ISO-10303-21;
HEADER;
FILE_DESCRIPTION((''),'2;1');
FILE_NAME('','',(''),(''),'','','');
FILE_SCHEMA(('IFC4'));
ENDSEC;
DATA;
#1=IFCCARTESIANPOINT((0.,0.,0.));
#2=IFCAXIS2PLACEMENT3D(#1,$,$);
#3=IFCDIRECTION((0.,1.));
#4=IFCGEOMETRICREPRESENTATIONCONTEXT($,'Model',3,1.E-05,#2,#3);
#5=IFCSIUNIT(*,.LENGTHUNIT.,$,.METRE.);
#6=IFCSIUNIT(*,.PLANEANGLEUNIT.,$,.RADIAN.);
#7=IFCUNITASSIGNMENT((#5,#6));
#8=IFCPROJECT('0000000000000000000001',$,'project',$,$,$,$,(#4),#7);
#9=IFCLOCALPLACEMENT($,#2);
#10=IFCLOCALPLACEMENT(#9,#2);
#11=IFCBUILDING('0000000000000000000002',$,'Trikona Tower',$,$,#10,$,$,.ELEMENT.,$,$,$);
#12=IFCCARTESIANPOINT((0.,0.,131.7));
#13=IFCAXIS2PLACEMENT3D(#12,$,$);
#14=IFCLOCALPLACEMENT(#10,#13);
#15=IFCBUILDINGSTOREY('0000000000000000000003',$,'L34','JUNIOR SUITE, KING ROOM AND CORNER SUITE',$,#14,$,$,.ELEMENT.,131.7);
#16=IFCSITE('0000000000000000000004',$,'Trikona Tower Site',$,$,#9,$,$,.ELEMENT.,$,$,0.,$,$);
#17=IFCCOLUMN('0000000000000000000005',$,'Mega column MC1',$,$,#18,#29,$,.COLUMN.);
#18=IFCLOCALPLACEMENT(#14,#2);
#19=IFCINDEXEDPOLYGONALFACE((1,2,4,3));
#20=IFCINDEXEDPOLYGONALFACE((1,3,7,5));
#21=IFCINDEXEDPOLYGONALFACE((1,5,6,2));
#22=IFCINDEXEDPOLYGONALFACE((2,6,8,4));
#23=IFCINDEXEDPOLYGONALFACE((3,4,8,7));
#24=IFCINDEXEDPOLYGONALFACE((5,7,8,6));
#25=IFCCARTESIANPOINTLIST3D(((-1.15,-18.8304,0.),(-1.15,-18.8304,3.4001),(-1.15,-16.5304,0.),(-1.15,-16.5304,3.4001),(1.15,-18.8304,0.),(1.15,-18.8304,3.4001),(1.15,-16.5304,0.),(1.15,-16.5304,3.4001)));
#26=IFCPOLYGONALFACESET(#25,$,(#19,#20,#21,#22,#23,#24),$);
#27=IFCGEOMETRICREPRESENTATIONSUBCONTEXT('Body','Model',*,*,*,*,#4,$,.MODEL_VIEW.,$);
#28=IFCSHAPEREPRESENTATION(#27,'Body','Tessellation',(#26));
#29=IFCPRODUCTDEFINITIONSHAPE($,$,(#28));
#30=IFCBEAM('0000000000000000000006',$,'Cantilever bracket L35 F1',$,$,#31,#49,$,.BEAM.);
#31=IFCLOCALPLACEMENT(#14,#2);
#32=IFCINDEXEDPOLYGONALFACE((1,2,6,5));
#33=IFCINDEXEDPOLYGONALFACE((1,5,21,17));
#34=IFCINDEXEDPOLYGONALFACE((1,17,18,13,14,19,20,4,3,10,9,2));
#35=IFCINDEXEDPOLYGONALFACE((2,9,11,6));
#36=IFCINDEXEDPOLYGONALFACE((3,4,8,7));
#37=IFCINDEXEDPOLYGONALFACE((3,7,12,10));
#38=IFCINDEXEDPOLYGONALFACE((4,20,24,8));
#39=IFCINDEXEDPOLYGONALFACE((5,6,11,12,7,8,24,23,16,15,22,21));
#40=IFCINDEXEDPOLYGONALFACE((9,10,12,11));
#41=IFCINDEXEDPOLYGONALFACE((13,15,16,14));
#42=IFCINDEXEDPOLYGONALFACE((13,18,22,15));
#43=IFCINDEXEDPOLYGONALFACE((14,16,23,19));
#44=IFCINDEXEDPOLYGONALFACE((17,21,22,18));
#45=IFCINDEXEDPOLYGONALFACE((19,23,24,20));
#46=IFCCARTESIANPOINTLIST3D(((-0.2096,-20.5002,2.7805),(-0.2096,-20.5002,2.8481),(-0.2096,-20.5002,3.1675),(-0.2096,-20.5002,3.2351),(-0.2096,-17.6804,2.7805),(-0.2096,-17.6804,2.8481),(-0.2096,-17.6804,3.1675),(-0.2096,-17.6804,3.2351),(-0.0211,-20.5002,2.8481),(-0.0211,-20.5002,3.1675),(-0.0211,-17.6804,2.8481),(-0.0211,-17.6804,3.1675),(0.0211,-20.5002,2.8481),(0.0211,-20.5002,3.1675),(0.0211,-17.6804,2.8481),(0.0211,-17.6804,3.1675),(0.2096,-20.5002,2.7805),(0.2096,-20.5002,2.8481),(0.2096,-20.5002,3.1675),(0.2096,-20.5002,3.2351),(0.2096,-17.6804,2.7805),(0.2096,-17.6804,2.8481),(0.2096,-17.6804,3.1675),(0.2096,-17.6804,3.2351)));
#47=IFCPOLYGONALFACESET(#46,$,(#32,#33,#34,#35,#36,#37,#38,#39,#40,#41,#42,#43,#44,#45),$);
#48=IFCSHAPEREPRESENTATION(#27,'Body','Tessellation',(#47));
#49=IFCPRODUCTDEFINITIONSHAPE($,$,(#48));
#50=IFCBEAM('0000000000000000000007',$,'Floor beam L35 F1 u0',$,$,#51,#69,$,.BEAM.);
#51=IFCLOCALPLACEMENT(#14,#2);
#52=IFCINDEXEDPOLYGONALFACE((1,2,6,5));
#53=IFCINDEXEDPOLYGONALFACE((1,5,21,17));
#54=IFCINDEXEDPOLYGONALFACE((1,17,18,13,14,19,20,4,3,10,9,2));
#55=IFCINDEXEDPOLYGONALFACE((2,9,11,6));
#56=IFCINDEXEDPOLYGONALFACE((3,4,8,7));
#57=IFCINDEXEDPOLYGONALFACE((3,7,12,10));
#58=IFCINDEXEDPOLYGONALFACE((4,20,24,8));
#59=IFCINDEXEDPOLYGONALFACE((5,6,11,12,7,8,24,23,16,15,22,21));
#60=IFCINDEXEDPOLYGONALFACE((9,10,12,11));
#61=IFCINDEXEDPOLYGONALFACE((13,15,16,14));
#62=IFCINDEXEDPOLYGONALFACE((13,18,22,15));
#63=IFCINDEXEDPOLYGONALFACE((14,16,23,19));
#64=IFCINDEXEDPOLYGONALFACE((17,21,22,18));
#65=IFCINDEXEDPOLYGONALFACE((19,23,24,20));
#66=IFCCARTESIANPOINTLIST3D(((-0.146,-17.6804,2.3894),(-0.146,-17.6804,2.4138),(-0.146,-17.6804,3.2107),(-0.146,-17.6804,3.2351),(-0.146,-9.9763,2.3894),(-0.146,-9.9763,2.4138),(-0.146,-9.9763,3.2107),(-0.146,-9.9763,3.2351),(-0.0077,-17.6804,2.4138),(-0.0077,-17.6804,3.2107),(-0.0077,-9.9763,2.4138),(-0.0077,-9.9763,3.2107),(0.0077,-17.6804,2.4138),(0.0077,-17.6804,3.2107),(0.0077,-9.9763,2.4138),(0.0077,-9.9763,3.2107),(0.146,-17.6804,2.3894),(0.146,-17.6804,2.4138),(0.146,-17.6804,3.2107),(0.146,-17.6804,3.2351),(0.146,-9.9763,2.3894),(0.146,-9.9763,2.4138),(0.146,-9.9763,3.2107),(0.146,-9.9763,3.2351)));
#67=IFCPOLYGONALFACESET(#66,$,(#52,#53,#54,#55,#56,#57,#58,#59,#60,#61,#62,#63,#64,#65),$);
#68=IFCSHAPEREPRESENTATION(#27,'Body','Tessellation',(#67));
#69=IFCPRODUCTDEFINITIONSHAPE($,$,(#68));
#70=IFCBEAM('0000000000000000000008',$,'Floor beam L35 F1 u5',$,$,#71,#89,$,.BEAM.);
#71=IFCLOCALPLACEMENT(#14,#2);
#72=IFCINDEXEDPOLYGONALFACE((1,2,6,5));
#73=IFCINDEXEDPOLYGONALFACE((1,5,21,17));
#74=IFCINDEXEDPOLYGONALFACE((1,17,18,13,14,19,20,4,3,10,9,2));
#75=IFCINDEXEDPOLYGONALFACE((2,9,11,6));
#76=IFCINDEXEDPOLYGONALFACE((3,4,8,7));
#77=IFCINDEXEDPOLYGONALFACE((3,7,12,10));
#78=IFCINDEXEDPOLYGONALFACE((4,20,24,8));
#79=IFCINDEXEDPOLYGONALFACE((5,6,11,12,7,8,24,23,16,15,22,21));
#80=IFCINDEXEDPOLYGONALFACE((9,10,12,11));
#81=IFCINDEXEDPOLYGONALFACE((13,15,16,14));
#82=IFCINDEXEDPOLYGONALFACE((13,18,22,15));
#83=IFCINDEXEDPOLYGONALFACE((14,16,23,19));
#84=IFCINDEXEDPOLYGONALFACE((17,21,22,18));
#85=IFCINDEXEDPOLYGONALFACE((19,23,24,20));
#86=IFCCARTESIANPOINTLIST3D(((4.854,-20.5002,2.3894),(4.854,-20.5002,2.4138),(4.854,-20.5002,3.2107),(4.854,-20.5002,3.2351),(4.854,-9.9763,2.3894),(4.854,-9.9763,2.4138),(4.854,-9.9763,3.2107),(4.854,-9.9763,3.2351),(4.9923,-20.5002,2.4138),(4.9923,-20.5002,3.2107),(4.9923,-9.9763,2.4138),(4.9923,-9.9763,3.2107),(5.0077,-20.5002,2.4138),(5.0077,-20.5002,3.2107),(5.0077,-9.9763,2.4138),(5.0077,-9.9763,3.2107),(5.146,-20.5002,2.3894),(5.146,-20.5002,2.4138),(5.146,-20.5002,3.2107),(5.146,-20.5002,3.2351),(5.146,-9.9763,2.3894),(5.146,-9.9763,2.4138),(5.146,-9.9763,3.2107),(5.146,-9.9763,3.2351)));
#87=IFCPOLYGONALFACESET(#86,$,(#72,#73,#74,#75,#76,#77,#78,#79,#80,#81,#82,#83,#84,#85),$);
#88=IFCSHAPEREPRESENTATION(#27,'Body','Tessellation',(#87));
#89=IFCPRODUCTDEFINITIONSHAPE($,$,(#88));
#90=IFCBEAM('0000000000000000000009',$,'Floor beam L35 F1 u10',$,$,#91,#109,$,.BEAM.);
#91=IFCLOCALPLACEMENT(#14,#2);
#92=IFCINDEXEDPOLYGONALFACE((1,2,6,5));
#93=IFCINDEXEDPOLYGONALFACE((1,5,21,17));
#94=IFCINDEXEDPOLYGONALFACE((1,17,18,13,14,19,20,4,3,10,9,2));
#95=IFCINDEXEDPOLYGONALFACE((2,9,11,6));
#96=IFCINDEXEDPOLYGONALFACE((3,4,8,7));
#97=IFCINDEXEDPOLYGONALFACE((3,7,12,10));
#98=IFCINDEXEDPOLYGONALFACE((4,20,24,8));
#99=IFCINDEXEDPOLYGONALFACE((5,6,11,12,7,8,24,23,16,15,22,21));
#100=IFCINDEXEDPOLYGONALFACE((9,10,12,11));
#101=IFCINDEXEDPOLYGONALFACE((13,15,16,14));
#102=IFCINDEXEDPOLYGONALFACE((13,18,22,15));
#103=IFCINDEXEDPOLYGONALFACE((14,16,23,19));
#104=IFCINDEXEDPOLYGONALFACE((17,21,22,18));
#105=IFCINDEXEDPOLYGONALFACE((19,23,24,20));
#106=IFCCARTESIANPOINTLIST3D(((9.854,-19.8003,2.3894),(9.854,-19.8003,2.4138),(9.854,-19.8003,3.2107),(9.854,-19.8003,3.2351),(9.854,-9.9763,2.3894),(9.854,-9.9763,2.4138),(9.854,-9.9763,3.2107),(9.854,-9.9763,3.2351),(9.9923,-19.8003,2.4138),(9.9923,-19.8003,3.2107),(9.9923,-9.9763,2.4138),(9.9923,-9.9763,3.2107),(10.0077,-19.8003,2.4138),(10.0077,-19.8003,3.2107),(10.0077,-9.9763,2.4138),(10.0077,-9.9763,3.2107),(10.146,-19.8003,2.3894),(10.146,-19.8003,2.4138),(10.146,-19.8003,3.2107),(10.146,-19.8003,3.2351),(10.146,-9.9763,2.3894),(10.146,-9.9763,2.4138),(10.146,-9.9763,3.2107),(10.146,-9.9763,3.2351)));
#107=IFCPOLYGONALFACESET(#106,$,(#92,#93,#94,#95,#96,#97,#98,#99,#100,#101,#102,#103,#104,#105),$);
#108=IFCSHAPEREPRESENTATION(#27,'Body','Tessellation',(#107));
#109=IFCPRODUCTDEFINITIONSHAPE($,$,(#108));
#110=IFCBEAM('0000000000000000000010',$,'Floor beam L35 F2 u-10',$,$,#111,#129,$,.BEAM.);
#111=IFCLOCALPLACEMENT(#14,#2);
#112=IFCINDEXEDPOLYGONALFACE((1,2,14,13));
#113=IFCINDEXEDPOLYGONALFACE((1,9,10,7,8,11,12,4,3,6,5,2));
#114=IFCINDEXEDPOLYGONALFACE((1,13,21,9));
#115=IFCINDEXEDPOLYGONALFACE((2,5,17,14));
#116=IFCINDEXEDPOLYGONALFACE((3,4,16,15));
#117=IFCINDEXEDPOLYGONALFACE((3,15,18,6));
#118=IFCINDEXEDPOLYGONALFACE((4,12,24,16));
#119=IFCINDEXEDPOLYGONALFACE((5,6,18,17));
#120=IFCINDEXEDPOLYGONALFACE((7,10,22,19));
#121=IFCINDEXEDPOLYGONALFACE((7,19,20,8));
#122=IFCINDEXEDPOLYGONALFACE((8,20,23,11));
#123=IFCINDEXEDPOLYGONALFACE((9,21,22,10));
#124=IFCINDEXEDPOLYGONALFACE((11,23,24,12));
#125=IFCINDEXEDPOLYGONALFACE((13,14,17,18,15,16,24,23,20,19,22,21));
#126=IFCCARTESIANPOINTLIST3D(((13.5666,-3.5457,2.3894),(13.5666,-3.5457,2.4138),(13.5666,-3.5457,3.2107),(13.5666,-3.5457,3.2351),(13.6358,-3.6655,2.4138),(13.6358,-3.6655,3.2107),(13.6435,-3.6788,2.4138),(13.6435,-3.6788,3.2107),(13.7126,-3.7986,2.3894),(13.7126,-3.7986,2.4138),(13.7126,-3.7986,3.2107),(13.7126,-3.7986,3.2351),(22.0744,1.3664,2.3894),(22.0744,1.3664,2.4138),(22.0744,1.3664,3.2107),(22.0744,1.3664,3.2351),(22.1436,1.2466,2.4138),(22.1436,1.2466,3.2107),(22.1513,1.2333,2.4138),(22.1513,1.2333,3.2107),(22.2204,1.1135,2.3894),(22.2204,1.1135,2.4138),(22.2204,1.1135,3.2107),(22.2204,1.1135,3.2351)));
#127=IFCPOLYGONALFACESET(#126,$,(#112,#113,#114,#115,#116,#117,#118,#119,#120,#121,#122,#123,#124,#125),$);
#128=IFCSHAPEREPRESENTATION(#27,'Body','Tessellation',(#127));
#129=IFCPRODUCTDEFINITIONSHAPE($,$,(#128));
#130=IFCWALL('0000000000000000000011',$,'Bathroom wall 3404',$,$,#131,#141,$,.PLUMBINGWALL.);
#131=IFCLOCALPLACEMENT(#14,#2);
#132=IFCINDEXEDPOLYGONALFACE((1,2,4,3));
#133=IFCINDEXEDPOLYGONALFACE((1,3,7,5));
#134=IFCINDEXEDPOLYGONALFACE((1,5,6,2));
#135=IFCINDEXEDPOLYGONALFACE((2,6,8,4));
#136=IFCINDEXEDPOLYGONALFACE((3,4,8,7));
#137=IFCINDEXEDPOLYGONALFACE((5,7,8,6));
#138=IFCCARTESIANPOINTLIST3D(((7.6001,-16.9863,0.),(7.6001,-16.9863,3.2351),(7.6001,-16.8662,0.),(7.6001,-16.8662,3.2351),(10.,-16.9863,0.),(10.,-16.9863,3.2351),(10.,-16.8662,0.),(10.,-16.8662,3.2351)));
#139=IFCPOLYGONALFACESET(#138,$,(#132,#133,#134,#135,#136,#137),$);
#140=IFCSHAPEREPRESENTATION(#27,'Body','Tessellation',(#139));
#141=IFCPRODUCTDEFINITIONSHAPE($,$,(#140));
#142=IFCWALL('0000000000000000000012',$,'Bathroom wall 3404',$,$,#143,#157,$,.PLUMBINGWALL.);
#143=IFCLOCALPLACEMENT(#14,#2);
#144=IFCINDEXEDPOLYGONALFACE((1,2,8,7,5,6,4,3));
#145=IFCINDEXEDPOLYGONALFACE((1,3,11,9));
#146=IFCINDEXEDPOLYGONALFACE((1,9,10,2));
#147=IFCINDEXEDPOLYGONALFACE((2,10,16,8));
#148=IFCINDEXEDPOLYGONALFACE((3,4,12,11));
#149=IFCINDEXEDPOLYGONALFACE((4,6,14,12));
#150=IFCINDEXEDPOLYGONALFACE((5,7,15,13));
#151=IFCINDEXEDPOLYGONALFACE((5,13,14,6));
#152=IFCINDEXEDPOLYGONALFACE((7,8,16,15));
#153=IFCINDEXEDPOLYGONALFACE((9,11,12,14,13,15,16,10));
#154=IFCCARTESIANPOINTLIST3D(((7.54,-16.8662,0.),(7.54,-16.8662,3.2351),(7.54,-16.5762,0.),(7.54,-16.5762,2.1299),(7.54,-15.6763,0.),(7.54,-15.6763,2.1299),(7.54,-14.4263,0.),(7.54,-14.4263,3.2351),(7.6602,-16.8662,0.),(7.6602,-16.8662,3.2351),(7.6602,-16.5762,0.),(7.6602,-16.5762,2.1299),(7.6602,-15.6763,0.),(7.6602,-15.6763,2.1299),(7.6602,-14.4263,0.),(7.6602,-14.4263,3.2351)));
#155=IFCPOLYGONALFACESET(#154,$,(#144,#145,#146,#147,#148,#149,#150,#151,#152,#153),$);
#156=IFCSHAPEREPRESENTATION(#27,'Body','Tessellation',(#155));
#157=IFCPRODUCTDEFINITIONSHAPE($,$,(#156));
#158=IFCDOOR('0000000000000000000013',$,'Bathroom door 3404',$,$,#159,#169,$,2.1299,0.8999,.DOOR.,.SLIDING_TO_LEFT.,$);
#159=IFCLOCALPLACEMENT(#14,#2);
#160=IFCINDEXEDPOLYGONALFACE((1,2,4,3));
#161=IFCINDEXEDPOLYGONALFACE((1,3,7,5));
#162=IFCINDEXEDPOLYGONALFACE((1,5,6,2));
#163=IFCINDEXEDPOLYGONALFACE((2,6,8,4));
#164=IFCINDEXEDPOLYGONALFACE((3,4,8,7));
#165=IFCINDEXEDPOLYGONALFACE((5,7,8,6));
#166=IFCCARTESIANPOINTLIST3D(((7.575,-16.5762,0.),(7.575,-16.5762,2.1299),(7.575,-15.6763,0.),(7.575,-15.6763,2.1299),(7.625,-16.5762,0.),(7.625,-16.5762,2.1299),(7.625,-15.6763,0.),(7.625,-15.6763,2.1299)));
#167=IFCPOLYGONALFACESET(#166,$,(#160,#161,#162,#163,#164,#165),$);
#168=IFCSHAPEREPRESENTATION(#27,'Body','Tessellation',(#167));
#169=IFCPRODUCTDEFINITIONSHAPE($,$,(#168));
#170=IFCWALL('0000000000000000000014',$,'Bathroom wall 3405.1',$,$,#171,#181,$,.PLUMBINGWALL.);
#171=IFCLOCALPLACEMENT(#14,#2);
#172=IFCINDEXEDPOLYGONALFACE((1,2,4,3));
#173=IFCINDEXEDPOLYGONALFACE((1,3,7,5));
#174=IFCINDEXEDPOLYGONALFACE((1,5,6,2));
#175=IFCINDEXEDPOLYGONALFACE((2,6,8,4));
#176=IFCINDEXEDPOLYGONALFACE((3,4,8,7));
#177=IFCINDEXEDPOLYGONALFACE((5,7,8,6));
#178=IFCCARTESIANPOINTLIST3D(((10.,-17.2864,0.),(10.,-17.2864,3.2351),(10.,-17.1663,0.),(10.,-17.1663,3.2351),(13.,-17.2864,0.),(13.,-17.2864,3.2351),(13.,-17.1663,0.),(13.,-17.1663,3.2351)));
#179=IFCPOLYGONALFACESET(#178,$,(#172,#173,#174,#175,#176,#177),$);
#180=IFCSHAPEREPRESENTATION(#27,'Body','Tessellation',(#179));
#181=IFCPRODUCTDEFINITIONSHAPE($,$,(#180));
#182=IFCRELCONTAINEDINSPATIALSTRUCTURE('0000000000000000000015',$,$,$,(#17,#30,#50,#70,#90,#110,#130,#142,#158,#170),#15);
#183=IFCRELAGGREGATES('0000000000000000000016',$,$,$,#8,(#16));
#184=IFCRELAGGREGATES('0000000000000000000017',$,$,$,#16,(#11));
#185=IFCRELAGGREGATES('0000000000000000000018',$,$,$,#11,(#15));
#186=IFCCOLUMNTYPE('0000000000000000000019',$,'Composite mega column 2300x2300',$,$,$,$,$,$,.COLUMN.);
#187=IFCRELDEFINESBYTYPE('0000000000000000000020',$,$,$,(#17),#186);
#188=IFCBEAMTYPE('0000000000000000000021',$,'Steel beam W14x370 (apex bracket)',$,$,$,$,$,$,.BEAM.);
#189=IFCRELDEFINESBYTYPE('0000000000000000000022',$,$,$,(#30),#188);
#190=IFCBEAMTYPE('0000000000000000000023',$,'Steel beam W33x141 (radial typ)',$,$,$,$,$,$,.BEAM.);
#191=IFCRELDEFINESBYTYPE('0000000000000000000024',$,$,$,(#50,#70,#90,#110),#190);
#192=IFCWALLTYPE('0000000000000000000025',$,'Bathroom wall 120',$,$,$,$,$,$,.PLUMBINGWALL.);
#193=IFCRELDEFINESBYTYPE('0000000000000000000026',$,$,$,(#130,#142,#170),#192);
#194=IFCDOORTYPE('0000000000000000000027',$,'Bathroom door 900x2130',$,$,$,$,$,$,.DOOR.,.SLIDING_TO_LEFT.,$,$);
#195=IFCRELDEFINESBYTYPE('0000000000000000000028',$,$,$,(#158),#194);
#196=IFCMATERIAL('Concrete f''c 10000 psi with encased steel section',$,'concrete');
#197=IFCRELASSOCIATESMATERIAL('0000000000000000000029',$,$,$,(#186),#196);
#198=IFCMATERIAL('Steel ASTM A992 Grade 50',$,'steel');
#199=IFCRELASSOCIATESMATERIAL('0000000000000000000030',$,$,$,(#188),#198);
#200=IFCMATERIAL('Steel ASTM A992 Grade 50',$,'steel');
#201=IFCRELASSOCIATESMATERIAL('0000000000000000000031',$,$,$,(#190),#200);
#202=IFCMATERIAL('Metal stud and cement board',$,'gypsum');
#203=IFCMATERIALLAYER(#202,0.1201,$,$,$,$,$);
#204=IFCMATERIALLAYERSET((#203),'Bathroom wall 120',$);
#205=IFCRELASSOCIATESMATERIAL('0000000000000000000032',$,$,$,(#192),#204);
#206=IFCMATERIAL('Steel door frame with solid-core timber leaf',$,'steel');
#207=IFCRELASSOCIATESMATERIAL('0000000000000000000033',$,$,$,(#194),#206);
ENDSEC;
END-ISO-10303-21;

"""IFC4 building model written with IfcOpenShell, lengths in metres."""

from ifc_helpers import new_model, si_unit, direction, frame, frame_2d, origin, origin_2d, place, context, subcontext, project, spatial, rectangle, i_section, extrude, material, layer, layer_set, material_profile, profile_set, type_object, element, fill, save


model = new_model("IFC4")

# Units and contexts
model_context = context("Model", 3, precision=1e-05, world=origin(), true_north=direction((0.0, 1.0)))
body_context = subcontext(model_context, "Body", "Model", "MODEL_VIEW")
ifc_project = project(units=[si_unit("LENGTHUNIT", "METRE"), si_unit("PLANEANGLEUNIT", "RADIAN")], contexts=[model_context])

# Site, building, storey
site_placement = place(None, origin())
site = spatial("IfcSite", under=ifc_project, at=site_placement, Name="Trikona Tower Site", CompositionType="ELEMENT", RefElevation=0.0)
building_placement = place(site_placement, origin())
building = spatial("IfcBuilding", under=site, at=building_placement, Name="Trikona Tower", CompositionType="ELEMENT")
storey_placement = place(building_placement, frame((0.0, 0.0, 131.7)))
storey = spatial("IfcBuildingStorey", under=building, at=storey_placement, Name="L34", Description="JUNIOR SUITE, KING ROOM AND CORNER SUITE", CompositionType="ELEMENT", Elevation=131.7)

# Column
ifc_material_1 = material(Name="Concrete f'c 10000 psi with encased steel section", Category="concrete")
ifc_material_profile_1 = material_profile(ifc_material_1, rectangle(XDim=2.3, YDim=2.3, at=origin_2d()), Name="MC2300")
ifc_profile_set_1 = profile_set([ifc_material_profile_1], Name="Concrete f'c 10000 psi with encased steel section")
column_type = type_object("IfcColumnType", Name="Composite mega column 2300x2300", PredefinedType="COLUMN", material=ifc_profile_set_1)
column_placement = place(storey_placement, frame((0.0, -17.6804, 0.0), z_axis=(0.0, 0.0, 1.0), x_axis=(0.0, -1.0, 0.0)))
element("IfcColumn", 1, at=column_placement, inside=storey, type_object=column_type, Name="Mega column MC1", PredefinedType="COLUMN", context=body_context, shape_type="SweptSolid", body=[
    extrude(rectangle(XDim=2.3, YDim=2.3, at=origin_2d()), origin(), (0.0, 0.0, 1.0), 3.4001),
])

# Beams
ifc_material_2 = material(Name="Steel ASTM A992 Grade 50", Category="steel")
ifc_material_profile_2 = material_profile(ifc_material_2, i_section(OverallWidth=0.4192, OverallDepth=0.4546, WebThickness=0.0422, FlangeThickness=0.0676, at=origin_2d()), Name="W14X370")
ifc_profile_set_2 = profile_set([ifc_material_profile_2], Name="Steel ASTM A992 Grade 50")
beam_type_1 = type_object("IfcBeamType", Name="Steel beam W14x370 (apex bracket)", PredefinedType="BEAM", material=ifc_profile_set_2)
beam_1_placement = place(storey_placement, frame((0.0, -17.6804, 3.0078), z_axis=(0.0, -1.0, 0.0), x_axis=(1.0, 0.0, 0.0)))
element("IfcBeam", 2, at=beam_1_placement, inside=storey, type_object=beam_type_1, Name="Cantilever bracket L35 F1", PredefinedType="BEAM", context=body_context, shape_type="SweptSolid", body=[
    extrude(i_section(OverallWidth=0.4192, OverallDepth=0.4546, WebThickness=0.0422, FlangeThickness=0.0676, at=origin_2d()), origin(), (0.0, 0.0, 1.0), 2.8198),
])
ifc_material_3 = material(Name="Steel ASTM A992 Grade 50", Category="steel")
ifc_material_profile_3 = material_profile(ifc_material_3, i_section(OverallWidth=0.292, OverallDepth=0.8457, WebThickness=0.0154, FlangeThickness=0.0244, at=origin_2d()), Name="W33X141")
ifc_profile_set_3 = profile_set([ifc_material_profile_3], Name="Steel ASTM A992 Grade 50")
beam_type_2 = type_object("IfcBeamType", Name="Steel beam W33x141 (radial typ)", PredefinedType="BEAM", material=ifc_profile_set_3)
beam_2_placement = place(storey_placement, frame((0.0, -9.9763, 2.8123), z_axis=(0.0, -1.0, 0.0), x_axis=(1.0, 0.0, 0.0)))
element("IfcBeam", 3, at=beam_2_placement, inside=storey, type_object=beam_type_2, Name="Floor beam L35 F1 u0", PredefinedType="BEAM", context=body_context, shape_type="SweptSolid", body=[
    extrude(i_section(OverallWidth=0.292, OverallDepth=0.8457, WebThickness=0.0154, FlangeThickness=0.0244, at=origin_2d()), origin(), (0.0, 0.0, 1.0), 7.7041),
])
beam_3_placement = place(storey_placement, frame((5.0, -9.9763, 2.8123), z_axis=(0.0, -1.0, 0.0), x_axis=(1.0, 0.0, 0.0)))
element("IfcBeam", 4, at=beam_3_placement, inside=storey, type_object=beam_type_2, Name="Floor beam L35 F1 u5", PredefinedType="BEAM", context=body_context, shape_type="SweptSolid", body=[
    extrude(i_section(OverallWidth=0.292, OverallDepth=0.8457, WebThickness=0.0154, FlangeThickness=0.0244, at=origin_2d()), origin(), (0.0, 0.0, 1.0), 10.5239),
])
for number, where, z_axis, x_axis, name in (
    (5, (10.0, -9.9763, 2.8123), (0.0, -1.0, 0.0), (1.0, 0.0, 0.0), "Floor beam L35 F1 u10"),
    (6, (13.6396, -3.6721, 2.8123), (0.86602, 0.500009, 0.0), (-0.500009, 0.86602, 0.0), "Floor beam L35 F2 u-10"),
):
    element("IfcBeam", number, at=place(storey_placement, frame(where, z_axis=z_axis, x_axis=x_axis)), inside=storey, type_object=beam_type_2, Name=name, PredefinedType="BEAM", context=body_context, shape_type="SweptSolid", body=[
        extrude(i_section(OverallWidth=0.292, OverallDepth=0.8457, WebThickness=0.0154, FlangeThickness=0.0244, at=origin_2d()), origin(), (0.0, 0.0, 1.0), 9.824),
    ])

# Wall
ifc_material_4 = material(Name="Metal stud and cement board", Category="gypsum")
ifc_layer_1 = layer(ifc_material_4, 0.1201)
ifc_layer_set_1 = layer_set([ifc_layer_1], Name="Bathroom wall 120")
wall_type_1 = type_object("IfcWallType", Name="Bathroom wall 120", PredefinedType="PLUMBINGWALL", material=ifc_layer_set_1)
wall_1_placement = place(storey_placement, frame((7.6001, -16.9263, 0.0), z_axis=(0.0, 0.0, 1.0), x_axis=(1.0, 0.0, 0.0)))
element("IfcWall", 7, at=wall_1_placement, inside=storey, type_object=wall_type_1, Name="Bathroom wall 3404", PredefinedType="PLUMBINGWALL", context=body_context, shape_type="SweptSolid", body=[
    extrude(rectangle(XDim=2.3999, YDim=0.1201, at=frame_2d((1.2, 0.0))), origin(), (0.0, 0.0, 1.0), 3.2351),
])

# Wall, opening, door
wall_2_placement = place(storey_placement, frame((7.6001, -14.4263, 0.0), z_axis=(0.0, 0.0, 1.0), x_axis=(0.0, -1.0, 0.0)))
wall_2 = element("IfcWall", 8, at=wall_2_placement, inside=storey, type_object=wall_type_1, Name="Bathroom wall 3404", PredefinedType="PLUMBINGWALL", context=body_context, shape_type="SweptSolid", body=[
    extrude(rectangle(XDim=2.4399, YDim=0.1201, at=frame_2d((1.22, 0.0))), origin(), (0.0, 0.0, 1.0), 3.2351),
])
opening_1_placement = place(wall_2_placement, frame((1.25, 0.0, 0.0)))
opening_1 = element("IfcOpeningElement", 9, at=opening_1_placement, cuts=wall_2, PredefinedType="OPENING", context=body_context, shape_type="SweptSolid", body=[
    extrude(rectangle(XDim=0.8999, YDim=2.1299, at=frame_2d((0.45, 1.0649))), frame((0.0, 0.0701, 0.0), z_axis=(0.0, -1.0, 0.0), x_axis=(1.0, 0.0, 0.0)), (0.0, 0.0, 1.0), 0.1401),
])
ifc_material_5 = material(Name="Steel door frame with solid-core timber leaf", Category="steel")
door_type_1 = type_object("IfcDoorType", Name="Bathroom door 900x2130", OperationType="SLIDING_TO_LEFT", PredefinedType="DOOR", material=ifc_material_5)
door_1_placement = place(opening_1_placement, origin())
door_1 = element("IfcDoor", 10, at=door_1_placement, inside=storey, type_object=door_type_1, Name="Bathroom door 3404", OperationType="SLIDING_TO_LEFT", OverallHeight=2.1299, OverallWidth=0.8999, PredefinedType="DOOR", context=body_context, shape_type="SweptSolid", body=[
    extrude(rectangle(XDim=0.8999, YDim=2.1299, at=frame_2d((0.45, 1.0649))), frame((0.0, 0.0249, 0.0), z_axis=(0.0, -1.0, 0.0), x_axis=(1.0, 0.0, 0.0)), (0.0, 0.0, 1.0), 0.05),
])
fill(opening_1, door_1)

# Wall
wall_3_placement = place(storey_placement, frame((10.0, -17.2263, 0.0), z_axis=(0.0, 0.0, 1.0), x_axis=(1.0, 0.0, 0.0)))
element("IfcWall", 11, at=wall_3_placement, inside=storey, type_object=wall_type_1, Name="Bathroom wall 3405.1", PredefinedType="PLUMBINGWALL", context=body_context, shape_type="SweptSolid", body=[
    extrude(rectangle(XDim=3.0, YDim=0.1201, at=frame_2d((1.5, 0.0))), origin(), (0.0, 0.0, 1.0), 3.2351),
])

save(model, "model.ifc")
